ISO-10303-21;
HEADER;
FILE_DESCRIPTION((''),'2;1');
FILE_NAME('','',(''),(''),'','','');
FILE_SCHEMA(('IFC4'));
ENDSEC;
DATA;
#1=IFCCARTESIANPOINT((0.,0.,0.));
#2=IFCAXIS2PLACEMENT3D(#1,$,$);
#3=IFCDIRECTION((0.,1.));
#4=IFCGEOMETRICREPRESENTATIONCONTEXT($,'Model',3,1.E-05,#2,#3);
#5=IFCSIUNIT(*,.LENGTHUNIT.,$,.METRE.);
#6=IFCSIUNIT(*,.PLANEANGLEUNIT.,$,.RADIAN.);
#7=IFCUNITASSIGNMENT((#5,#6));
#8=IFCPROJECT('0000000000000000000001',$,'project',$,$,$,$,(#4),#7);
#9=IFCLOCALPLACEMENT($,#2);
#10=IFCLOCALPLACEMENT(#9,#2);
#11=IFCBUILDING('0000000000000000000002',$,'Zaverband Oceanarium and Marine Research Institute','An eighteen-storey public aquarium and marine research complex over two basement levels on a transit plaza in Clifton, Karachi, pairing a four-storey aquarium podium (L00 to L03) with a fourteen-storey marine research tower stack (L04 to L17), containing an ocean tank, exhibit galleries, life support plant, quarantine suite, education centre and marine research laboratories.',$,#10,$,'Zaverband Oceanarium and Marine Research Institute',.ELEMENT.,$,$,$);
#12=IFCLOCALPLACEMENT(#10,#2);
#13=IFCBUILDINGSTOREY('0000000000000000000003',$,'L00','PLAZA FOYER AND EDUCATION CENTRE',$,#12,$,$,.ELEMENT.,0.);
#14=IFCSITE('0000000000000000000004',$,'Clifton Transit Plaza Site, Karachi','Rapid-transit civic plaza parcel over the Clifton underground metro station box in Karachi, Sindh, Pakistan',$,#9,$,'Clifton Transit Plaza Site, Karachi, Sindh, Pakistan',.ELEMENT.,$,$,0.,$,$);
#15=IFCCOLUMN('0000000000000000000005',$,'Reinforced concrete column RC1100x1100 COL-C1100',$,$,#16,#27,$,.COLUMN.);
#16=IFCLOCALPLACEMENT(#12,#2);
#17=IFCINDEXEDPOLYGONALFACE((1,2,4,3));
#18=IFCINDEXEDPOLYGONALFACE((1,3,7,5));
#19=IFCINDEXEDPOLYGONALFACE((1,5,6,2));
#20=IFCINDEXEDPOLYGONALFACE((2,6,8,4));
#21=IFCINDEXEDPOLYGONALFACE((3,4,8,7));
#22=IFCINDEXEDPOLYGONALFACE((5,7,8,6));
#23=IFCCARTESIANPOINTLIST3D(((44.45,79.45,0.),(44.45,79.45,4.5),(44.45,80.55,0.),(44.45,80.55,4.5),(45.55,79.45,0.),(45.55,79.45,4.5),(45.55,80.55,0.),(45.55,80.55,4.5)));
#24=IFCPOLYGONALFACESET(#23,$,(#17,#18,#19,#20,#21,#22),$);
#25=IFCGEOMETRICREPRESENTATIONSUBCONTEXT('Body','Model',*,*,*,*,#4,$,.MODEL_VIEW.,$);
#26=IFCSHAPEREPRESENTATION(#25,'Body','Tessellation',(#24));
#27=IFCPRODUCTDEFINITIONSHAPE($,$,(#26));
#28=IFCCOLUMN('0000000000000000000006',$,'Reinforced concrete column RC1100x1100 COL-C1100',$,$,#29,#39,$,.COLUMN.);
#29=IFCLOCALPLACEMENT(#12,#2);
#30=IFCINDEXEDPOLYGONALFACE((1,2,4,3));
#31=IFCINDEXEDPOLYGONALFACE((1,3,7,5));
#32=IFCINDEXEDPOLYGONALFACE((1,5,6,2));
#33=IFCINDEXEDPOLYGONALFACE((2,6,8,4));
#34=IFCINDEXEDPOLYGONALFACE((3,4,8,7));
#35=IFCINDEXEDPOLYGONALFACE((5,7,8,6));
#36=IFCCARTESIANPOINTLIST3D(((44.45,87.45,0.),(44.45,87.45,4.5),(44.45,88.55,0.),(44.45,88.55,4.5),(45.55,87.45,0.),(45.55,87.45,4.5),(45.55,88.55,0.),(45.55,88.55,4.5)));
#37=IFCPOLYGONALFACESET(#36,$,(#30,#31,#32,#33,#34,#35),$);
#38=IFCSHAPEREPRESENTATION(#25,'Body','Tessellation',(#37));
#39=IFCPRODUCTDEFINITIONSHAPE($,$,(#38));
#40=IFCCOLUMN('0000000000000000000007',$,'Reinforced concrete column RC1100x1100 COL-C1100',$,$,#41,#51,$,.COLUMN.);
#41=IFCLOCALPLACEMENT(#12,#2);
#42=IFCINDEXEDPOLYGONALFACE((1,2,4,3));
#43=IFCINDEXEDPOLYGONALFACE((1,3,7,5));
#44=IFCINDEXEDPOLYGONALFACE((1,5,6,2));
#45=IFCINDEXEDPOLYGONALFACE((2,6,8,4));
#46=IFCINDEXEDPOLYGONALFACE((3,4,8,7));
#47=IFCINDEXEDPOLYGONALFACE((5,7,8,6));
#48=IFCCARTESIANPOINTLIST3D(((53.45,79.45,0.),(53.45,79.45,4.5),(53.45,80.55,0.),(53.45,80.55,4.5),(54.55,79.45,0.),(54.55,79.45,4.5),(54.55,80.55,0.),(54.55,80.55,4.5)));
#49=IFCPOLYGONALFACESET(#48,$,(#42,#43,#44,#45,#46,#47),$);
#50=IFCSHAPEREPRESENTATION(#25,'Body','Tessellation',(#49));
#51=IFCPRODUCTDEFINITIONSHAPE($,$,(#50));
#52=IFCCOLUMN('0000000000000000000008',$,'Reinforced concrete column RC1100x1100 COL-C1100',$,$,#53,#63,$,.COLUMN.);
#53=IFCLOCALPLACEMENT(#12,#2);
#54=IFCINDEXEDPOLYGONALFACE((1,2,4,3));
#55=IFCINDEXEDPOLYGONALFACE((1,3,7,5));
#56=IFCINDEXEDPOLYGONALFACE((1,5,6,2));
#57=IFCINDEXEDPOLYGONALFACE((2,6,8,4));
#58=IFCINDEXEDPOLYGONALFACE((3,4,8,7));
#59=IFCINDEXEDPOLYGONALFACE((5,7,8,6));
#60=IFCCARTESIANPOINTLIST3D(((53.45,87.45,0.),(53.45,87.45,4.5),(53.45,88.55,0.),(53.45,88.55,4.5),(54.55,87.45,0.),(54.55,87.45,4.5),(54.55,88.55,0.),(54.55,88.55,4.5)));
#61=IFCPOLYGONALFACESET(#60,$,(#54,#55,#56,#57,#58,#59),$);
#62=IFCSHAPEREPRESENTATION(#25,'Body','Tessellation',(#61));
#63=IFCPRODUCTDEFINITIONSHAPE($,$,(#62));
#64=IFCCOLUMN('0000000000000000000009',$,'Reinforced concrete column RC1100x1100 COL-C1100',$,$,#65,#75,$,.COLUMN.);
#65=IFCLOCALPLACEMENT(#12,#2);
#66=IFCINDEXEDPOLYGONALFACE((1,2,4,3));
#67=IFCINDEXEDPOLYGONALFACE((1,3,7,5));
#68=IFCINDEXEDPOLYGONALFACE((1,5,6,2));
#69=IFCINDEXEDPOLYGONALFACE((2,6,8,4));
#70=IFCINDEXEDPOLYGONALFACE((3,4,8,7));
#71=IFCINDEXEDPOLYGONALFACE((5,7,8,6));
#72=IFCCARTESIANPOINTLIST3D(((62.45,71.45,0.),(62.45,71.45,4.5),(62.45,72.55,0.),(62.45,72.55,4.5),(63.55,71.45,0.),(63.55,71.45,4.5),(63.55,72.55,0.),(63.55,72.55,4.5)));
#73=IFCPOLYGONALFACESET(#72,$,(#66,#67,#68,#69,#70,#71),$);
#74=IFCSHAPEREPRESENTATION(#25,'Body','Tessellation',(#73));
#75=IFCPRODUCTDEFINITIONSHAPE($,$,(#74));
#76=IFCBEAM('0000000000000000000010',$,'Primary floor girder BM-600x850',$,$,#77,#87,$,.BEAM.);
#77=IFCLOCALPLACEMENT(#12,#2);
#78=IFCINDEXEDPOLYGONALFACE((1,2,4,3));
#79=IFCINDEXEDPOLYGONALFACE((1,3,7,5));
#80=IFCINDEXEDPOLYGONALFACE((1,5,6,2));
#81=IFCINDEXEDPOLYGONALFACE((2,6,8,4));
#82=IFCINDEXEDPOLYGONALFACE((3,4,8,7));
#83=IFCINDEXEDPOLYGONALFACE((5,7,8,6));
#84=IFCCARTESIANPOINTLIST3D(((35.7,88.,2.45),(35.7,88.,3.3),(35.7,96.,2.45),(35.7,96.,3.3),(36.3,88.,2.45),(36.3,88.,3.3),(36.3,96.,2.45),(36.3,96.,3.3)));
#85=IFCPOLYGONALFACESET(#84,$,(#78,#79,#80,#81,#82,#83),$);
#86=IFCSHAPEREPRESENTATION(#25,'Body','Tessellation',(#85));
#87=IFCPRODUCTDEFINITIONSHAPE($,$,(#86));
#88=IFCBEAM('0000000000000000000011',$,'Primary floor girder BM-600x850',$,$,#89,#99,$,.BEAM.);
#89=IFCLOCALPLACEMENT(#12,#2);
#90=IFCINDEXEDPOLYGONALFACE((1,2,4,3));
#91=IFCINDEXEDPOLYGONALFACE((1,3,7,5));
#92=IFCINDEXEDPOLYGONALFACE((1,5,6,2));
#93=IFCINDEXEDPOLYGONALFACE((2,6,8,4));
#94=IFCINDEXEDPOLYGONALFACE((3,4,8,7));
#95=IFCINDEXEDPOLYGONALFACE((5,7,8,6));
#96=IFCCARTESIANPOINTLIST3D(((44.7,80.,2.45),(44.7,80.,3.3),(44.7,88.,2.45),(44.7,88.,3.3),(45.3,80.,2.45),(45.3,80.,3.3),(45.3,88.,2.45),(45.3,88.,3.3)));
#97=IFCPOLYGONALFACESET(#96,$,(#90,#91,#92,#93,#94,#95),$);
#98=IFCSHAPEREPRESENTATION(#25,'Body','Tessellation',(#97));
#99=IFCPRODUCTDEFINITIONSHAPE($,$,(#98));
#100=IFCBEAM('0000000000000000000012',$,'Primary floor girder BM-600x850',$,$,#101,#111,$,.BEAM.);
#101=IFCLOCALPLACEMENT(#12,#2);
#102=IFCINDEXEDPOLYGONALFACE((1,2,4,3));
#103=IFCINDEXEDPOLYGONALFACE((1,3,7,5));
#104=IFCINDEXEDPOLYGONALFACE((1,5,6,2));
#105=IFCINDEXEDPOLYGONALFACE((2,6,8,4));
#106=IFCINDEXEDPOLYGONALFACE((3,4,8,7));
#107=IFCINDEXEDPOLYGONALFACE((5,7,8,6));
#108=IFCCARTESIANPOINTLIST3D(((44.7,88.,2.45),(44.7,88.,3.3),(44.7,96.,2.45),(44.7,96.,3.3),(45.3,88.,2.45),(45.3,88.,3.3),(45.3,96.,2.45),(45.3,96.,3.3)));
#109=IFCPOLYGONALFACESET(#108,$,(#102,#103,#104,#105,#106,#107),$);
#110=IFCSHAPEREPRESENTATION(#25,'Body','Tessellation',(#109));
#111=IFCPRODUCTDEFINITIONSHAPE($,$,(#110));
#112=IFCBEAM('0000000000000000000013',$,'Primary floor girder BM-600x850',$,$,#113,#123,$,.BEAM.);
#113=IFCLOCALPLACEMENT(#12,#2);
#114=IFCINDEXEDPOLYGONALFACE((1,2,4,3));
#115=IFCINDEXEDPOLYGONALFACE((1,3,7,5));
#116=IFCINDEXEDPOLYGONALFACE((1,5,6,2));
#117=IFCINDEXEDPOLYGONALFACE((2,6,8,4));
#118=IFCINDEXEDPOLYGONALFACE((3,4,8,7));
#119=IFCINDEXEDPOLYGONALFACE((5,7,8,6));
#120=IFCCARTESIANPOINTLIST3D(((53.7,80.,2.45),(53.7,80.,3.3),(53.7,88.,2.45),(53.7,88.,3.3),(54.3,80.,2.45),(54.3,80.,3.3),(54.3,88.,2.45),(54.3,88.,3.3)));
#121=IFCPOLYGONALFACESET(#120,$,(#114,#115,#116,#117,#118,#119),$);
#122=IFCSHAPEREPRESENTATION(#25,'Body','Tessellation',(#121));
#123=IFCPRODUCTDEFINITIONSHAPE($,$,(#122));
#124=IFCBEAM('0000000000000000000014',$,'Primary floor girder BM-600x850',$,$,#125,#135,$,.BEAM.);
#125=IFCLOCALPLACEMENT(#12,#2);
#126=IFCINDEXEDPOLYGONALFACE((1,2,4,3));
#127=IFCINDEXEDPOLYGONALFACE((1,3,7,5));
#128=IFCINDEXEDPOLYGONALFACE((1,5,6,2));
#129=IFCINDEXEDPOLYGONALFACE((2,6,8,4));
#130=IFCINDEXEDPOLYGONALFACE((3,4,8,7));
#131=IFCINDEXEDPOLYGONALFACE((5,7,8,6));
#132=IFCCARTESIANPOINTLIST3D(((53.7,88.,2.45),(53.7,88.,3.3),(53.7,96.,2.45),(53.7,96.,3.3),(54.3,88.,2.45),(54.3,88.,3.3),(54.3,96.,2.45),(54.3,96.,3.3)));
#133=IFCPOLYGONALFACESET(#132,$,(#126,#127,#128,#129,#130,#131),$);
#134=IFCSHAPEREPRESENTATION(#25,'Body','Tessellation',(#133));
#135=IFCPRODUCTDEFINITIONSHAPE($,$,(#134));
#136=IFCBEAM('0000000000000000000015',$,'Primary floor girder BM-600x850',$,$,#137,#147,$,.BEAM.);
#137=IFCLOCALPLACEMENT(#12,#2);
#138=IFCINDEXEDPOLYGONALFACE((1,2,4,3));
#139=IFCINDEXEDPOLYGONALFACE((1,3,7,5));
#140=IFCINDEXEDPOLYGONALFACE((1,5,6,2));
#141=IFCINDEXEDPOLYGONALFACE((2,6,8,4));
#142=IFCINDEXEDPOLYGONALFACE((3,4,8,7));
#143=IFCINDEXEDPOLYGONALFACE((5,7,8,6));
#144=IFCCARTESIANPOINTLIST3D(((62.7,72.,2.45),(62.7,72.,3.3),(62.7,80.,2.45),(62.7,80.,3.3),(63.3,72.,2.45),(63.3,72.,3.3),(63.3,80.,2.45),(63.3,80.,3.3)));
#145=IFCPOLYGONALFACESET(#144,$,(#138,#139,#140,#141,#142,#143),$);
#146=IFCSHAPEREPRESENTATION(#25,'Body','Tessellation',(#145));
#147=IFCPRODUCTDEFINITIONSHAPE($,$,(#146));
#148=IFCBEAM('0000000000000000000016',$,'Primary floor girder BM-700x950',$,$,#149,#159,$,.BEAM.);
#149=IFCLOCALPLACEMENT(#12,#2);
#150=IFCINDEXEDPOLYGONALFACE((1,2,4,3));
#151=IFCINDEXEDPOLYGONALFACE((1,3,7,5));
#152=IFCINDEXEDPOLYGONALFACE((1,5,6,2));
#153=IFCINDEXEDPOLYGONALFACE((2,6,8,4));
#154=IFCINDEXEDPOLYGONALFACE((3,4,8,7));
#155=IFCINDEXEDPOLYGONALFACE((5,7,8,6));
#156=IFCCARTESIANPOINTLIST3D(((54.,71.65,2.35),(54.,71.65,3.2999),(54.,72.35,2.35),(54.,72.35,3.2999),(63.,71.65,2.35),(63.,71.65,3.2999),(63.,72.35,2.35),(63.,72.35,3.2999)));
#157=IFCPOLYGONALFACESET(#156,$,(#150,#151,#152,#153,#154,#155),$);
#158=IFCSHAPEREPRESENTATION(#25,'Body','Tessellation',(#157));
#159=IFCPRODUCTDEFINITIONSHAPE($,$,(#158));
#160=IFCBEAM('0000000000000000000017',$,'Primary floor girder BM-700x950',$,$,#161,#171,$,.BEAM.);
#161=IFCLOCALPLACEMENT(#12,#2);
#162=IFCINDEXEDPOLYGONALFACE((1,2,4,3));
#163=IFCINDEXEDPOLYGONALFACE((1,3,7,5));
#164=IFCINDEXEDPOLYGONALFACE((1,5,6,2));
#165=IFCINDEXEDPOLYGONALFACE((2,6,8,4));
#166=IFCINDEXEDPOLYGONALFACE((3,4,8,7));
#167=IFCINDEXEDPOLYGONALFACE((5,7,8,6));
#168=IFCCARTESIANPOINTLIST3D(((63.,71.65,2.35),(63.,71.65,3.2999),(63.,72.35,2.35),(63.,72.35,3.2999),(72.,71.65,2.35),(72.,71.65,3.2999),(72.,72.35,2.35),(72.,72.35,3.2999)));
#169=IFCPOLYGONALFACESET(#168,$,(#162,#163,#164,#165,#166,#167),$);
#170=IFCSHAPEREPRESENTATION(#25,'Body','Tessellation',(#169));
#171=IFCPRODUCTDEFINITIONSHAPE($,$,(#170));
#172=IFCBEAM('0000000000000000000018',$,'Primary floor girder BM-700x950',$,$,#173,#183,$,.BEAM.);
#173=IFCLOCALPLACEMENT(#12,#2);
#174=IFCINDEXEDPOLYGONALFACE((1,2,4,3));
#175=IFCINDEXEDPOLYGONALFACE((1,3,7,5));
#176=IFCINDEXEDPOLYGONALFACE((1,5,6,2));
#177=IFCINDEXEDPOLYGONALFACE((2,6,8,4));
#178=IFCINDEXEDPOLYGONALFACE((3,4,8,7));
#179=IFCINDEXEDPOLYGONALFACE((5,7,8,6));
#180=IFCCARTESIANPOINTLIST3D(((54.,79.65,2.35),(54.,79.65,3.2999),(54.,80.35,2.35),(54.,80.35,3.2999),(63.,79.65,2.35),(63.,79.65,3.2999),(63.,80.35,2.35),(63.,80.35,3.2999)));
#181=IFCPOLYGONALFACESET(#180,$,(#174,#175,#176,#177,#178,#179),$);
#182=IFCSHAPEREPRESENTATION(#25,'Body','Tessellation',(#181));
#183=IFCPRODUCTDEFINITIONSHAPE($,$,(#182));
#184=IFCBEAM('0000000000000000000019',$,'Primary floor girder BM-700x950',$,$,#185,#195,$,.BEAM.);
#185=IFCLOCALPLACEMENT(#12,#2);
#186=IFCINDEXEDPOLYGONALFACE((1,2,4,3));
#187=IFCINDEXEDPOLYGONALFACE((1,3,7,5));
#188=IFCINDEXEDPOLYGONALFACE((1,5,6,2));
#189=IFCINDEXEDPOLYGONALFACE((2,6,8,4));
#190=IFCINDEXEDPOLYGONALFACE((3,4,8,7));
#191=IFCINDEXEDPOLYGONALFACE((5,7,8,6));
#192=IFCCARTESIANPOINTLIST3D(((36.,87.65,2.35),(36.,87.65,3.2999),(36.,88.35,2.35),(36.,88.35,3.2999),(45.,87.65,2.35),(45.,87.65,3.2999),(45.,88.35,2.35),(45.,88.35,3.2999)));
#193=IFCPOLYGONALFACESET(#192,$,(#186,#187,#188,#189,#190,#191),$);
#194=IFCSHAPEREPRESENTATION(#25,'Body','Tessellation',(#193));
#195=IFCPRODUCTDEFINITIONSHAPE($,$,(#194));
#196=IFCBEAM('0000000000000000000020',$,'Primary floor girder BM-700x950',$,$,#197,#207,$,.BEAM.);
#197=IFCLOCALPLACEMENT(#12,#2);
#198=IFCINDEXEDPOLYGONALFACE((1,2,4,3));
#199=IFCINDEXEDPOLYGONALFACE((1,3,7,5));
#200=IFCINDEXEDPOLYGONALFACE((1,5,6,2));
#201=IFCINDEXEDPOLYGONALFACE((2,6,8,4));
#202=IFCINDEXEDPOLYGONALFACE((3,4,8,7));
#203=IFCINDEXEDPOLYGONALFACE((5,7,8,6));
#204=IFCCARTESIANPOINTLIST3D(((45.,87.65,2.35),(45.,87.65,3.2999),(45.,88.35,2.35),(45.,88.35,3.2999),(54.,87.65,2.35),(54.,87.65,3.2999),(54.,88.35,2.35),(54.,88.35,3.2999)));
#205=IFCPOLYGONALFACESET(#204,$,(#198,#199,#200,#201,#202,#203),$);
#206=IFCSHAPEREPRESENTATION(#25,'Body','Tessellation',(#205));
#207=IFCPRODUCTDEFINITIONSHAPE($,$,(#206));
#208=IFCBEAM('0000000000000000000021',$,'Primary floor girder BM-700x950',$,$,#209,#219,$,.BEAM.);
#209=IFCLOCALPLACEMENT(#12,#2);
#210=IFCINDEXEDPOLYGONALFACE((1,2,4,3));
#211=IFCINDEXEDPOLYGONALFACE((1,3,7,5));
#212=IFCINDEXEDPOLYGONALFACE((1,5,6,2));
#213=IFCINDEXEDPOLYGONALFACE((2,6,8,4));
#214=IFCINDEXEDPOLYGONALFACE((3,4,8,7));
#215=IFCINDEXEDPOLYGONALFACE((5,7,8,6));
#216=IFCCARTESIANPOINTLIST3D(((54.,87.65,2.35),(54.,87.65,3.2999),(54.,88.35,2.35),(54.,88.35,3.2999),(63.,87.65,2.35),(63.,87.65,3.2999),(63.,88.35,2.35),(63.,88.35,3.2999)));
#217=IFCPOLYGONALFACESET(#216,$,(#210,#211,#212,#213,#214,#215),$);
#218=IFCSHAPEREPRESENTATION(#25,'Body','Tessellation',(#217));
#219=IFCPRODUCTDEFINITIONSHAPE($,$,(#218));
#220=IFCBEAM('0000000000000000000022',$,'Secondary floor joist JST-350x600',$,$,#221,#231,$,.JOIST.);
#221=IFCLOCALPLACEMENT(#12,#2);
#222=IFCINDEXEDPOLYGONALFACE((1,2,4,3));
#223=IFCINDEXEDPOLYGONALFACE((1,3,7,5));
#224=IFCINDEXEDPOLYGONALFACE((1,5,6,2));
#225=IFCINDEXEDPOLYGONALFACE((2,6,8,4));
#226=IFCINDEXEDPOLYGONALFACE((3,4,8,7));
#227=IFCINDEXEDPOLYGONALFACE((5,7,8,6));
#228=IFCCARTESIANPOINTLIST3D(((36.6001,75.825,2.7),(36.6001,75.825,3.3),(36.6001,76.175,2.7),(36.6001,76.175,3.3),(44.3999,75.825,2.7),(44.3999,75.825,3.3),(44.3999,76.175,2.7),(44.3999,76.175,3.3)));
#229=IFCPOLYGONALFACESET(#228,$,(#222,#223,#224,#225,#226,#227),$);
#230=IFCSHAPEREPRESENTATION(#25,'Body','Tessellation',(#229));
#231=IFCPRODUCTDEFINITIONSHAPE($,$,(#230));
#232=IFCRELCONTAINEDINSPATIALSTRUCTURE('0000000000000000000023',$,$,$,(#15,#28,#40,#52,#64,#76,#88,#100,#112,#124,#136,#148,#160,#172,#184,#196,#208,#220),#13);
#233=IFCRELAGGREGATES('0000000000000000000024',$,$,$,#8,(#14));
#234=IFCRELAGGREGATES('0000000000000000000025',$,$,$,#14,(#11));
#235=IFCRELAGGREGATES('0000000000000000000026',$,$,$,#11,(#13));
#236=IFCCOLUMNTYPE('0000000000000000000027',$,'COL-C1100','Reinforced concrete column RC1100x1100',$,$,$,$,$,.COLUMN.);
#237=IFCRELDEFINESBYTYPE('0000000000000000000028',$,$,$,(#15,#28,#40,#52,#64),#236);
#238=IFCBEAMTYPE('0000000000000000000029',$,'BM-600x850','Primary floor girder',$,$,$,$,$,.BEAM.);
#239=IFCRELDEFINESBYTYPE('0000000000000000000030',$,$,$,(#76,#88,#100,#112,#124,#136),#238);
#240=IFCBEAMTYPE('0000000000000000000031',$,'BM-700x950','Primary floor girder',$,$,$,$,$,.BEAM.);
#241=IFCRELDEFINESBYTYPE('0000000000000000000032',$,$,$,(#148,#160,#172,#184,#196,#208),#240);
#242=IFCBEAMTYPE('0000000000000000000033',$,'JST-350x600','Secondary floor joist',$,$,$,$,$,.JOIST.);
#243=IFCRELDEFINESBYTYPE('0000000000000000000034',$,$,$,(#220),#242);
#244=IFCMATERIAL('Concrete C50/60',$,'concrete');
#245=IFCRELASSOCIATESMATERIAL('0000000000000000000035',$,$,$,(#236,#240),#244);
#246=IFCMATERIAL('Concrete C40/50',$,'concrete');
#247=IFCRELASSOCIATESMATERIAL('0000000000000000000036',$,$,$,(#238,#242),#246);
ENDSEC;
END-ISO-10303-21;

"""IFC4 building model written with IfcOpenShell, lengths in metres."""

from ifc_helpers import new_model, si_unit, direction, frame, origin, origin_2d, place, context, subcontext, project, spatial, rectangle, extrude, material, material_profile, profile_set, type_object, element, save


model = new_model("IFC4")

# Units and contexts
model_context = context("Model", 3, precision=1e-05, world=origin(), true_north=direction((0.0, 1.0)))
body_context = subcontext(model_context, "Body", "Model", "MODEL_VIEW")
ifc_project = project(units=[si_unit("LENGTHUNIT", "METRE"), si_unit("PLANEANGLEUNIT", "RADIAN")], contexts=[model_context])

# Site, building, storey
site_placement = place(None, origin())
site = spatial("IfcSite", under=ifc_project, at=site_placement, Name="Clifton Transit Plaza Site, Karachi", Description="Rapid-transit civic plaza parcel over the Clifton underground metro station box in Karachi, Sindh, Pakistan", LongName="Clifton Transit Plaza Site, Karachi, Sindh, Pakistan", CompositionType="ELEMENT", RefElevation=0.0)
building_placement = place(site_placement, origin())
building = spatial("IfcBuilding", under=site, at=building_placement, Name="Zaverband Oceanarium and Marine Research Institute", Description="An eighteen-storey public aquarium and marine research complex over two basement levels on a transit plaza in Clifton, Karachi, pairing a four-storey aquarium podium (L00 to L03) with a fourteen-storey marine research tower stack (L04 to L17), containing an ocean tank, exhibit galleries, life support plant, quarantine suite, education centre and marine research laboratories.", LongName="Zaverband Oceanarium and Marine Research Institute", CompositionType="ELEMENT")
storey_placement = place(building_placement, origin())
storey = spatial("IfcBuildingStorey", under=building, at=storey_placement, Name="L00", Description="PLAZA FOYER AND EDUCATION CENTRE", CompositionType="ELEMENT", Elevation=0.0)

# Columns
ifc_material_1 = material(Name="Concrete C50/60", Category="concrete")
ifc_material_profile_1 = material_profile(ifc_material_1, rectangle(XDim=1.1001, YDim=1.1001, at=origin_2d()), Name="RC1100x1100")
ifc_profile_set_1 = profile_set([ifc_material_profile_1], Name="Concrete C50/60")
column_type = type_object("IfcColumnType", Name="COL-C1100", Description="Reinforced concrete column RC1100x1100", PredefinedType="COLUMN", material=ifc_profile_set_1)
for number, where, z_axis, x_axis, name in (
    (1, (45.0, 80.0, 0.0), (0.0, 0.0, 1.0), (1.0, 0.0, 0.0), "Reinforced concrete column RC1100x1100 COL-C1100"),
    (2, (45.0, 88.0, 0.0), (0.0, 0.0, 1.0), (1.0, 0.0, 0.0), "Reinforced concrete column RC1100x1100 COL-C1100"),
    (3, (54.0, 80.0, 0.0), (0.0, 0.0, 1.0), (1.0, 0.0, 0.0), "Reinforced concrete column RC1100x1100 COL-C1100"),
    (4, (54.0, 88.0, 0.0), (0.0, 0.0, 1.0), (1.0, 0.0, 0.0), "Reinforced concrete column RC1100x1100 COL-C1100"),
    (5, (63.0, 72.0, 0.0), (0.0, 0.0, 1.0), (1.0, 0.0, 0.0), "Reinforced concrete column RC1100x1100 COL-C1100"),
):
    element("IfcColumn", number, at=place(storey_placement, frame(where, z_axis=z_axis, x_axis=x_axis)), inside=storey, type_object=column_type, Name=name, PredefinedType="COLUMN", context=body_context, shape_type="SweptSolid", body=[
        extrude(rectangle(XDim=1.1001, YDim=1.1001, at=origin_2d()), origin(), (0.0, 0.0, 1.0), 4.5),
    ])

# Beams
ifc_material_2 = material(Name="Concrete C40/50", Category="concrete")
ifc_material_profile_2 = material_profile(ifc_material_2, rectangle(XDim=0.6001, YDim=0.8501, at=origin_2d()), Name="RC600x850")
ifc_profile_set_2 = profile_set([ifc_material_profile_2], Name="Concrete C40/50")
beam_type_1 = type_object("IfcBeamType", Name="BM-600x850", Description="Primary floor girder", PredefinedType="BEAM", material=ifc_profile_set_2)
for number, where, z_axis, x_axis, name in (
    (6, (36.0, 88.0, 2.875), (0.0, 1.0, 0.0), (-1.0, 0.0, 0.0), "Primary floor girder BM-600x850"),
    (7, (45.0, 80.0, 2.875), (0.0, 1.0, 0.0), (-1.0, 0.0, 0.0), "Primary floor girder BM-600x850"),
    (8, (45.0, 88.0, 2.875), (0.0, 1.0, 0.0), (-1.0, 0.0, 0.0), "Primary floor girder BM-600x850"),
    (9, (54.0, 80.0, 2.875), (0.0, 1.0, 0.0), (-1.0, 0.0, 0.0), "Primary floor girder BM-600x850"),
    (10, (54.0, 88.0, 2.875), (0.0, 1.0, 0.0), (-1.0, 0.0, 0.0), "Primary floor girder BM-600x850"),
    (11, (63.0, 72.0, 2.875), (0.0, 1.0, 0.0), (-1.0, 0.0, 0.0), "Primary floor girder BM-600x850"),
):
    element("IfcBeam", number, at=place(storey_placement, frame(where, z_axis=z_axis, x_axis=x_axis)), inside=storey, type_object=beam_type_1, Name=name, PredefinedType="BEAM", context=body_context, shape_type="SweptSolid", body=[
        extrude(rectangle(XDim=0.6001, YDim=0.8501, at=origin_2d()), origin(), (0.0, 0.0, 1.0), 8.0),
    ])
ifc_material_profile_3 = material_profile(ifc_material_1, rectangle(XDim=0.7, YDim=0.95, at=origin_2d()), Name="RC700x950")
ifc_profile_set_3 = profile_set([ifc_material_profile_3], Name="Concrete C50/60")
beam_type_2 = type_object("IfcBeamType", Name="BM-700x950", Description="Primary floor girder", PredefinedType="BEAM", material=ifc_profile_set_3)
for number, where, z_axis, x_axis, name in (
    (12, (54.0, 72.0, 2.825), (1.0, 0.0, 0.0), (0.0, 1.0, 0.0), "Primary floor girder BM-700x950"),
    (13, (63.0, 72.0, 2.825), (1.0, 0.0, 0.0), (0.0, 1.0, 0.0), "Primary floor girder BM-700x950"),
    (14, (54.0, 80.0, 2.825), (1.0, 0.0, 0.0), (0.0, 1.0, 0.0), "Primary floor girder BM-700x950"),
    (15, (36.0, 88.0, 2.825), (1.0, 0.0, 0.0), (0.0, 1.0, 0.0), "Primary floor girder BM-700x950"),
    (16, (45.0, 88.0, 2.825), (1.0, 0.0, 0.0), (0.0, 1.0, 0.0), "Primary floor girder BM-700x950"),
    (17, (54.0, 88.0, 2.825), (1.0, 0.0, 0.0), (0.0, 1.0, 0.0), "Primary floor girder BM-700x950"),
):
    element("IfcBeam", number, at=place(storey_placement, frame(where, z_axis=z_axis, x_axis=x_axis)), inside=storey, type_object=beam_type_2, Name=name, PredefinedType="BEAM", context=body_context, shape_type="SweptSolid", body=[
        extrude(rectangle(XDim=0.7, YDim=0.95, at=origin_2d()), origin(), (0.0, 0.0, 1.0), 9.0),
    ])
ifc_material_profile_4 = material_profile(ifc_material_2, rectangle(XDim=0.3501, YDim=0.6001, at=origin_2d()), Name="RC350x600")
ifc_profile_set_4 = profile_set([ifc_material_profile_4], Name="Concrete C40/50")
beam_type_3 = type_object("IfcBeamType", Name="JST-350x600", Description="Secondary floor joist", PredefinedType="JOIST", material=ifc_profile_set_4)
beam_1_placement = place(storey_placement, frame((36.6001, 76.0, 3.0), z_axis=(1.0, 0.0, 0.0), x_axis=(0.0, 1.0, 0.0)))
element("IfcBeam", 18, at=beam_1_placement, inside=storey, type_object=beam_type_3, Name="Secondary floor joist JST-350x600", PredefinedType="JOIST", context=body_context, shape_type="SweptSolid", body=[
    extrude(rectangle(XDim=0.3501, YDim=0.6001, at=origin_2d()), origin(), (0.0, 0.0, 1.0), 7.7998),
])

save(model, "model.ifc")
